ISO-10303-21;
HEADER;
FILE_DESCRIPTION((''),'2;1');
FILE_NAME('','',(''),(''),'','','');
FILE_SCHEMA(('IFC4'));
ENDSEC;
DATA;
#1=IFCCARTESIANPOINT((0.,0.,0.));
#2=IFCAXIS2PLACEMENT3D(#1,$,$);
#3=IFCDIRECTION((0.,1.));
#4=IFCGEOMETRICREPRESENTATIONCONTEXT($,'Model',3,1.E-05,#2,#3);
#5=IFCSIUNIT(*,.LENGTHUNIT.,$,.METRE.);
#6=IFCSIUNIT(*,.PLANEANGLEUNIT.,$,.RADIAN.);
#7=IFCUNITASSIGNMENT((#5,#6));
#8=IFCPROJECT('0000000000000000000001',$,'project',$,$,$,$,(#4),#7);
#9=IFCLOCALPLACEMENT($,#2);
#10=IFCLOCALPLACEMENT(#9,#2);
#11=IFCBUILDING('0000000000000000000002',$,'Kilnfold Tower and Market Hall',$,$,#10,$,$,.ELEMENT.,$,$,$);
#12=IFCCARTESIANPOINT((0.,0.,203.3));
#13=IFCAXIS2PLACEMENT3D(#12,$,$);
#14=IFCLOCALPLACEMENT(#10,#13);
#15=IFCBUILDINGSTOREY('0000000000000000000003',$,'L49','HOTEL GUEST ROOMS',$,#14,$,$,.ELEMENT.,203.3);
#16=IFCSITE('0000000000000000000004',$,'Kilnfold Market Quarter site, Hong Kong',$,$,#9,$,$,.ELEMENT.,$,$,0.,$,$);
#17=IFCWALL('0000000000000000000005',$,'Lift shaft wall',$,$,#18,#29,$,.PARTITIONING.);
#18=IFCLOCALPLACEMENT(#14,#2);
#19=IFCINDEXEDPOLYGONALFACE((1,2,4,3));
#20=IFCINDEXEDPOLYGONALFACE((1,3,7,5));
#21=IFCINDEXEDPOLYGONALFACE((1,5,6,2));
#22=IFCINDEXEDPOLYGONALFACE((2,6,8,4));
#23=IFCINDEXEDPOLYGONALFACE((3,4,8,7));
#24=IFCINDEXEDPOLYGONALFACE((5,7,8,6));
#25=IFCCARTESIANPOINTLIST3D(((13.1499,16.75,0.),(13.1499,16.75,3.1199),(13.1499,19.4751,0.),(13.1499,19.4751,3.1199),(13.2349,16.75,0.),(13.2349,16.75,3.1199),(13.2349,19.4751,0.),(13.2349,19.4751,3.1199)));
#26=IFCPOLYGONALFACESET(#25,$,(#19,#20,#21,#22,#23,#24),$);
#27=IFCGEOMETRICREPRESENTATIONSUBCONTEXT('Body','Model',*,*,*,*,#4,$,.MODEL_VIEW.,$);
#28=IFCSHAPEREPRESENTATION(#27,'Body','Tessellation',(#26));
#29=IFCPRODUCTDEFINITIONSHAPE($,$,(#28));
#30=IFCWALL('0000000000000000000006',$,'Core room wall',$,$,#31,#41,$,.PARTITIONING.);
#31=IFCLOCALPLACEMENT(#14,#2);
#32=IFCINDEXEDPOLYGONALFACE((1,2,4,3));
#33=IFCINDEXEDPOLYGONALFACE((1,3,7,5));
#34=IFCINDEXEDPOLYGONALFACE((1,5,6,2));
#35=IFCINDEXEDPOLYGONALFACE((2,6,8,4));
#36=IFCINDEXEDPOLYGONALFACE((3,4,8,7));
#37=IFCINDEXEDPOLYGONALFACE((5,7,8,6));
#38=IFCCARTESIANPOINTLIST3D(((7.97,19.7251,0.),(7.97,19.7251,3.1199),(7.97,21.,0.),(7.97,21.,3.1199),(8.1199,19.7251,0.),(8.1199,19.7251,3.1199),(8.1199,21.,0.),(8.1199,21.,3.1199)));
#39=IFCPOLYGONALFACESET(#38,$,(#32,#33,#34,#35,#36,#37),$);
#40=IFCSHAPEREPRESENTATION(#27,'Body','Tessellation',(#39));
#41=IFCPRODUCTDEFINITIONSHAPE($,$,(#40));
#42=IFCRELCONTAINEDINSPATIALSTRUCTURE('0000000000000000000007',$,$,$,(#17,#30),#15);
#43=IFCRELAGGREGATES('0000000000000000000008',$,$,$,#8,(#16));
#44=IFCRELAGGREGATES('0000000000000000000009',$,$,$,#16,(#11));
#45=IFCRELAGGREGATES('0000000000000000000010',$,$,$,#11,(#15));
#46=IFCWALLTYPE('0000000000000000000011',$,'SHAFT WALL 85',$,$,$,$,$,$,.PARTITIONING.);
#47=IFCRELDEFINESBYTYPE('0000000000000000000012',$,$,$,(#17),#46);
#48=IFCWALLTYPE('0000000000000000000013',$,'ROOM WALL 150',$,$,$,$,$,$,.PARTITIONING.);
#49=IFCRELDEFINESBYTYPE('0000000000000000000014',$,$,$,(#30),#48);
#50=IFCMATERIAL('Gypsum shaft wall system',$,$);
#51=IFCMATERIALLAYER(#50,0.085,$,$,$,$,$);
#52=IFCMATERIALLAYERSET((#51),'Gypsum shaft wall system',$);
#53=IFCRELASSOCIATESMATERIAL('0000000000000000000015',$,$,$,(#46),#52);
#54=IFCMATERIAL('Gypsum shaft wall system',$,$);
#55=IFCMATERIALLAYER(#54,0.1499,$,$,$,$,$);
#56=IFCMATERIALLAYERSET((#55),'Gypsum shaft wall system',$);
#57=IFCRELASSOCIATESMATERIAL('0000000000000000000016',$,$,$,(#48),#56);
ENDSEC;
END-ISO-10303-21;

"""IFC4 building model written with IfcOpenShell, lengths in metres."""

from ifc_helpers import new_model, si_unit, direction, frame, frame_2d, origin, place, context, subcontext, project, spatial, rectangle, extrude, source, transform, mapped, material, layer, layer_set, type_object, element, save


model = new_model("IFC4")

# Units and contexts
model_context = context("Model", 3, precision=1e-05, world=origin(), true_north=direction((0.0, 1.0)))
body_context = subcontext(model_context, "Body", "Model", "MODEL_VIEW")
ifc_project = project(units=[si_unit("LENGTHUNIT", "METRE"), si_unit("PLANEANGLEUNIT", "RADIAN")], contexts=[model_context])

# Site, building, storey
site_placement = place(None, origin())
site = spatial("IfcSite", under=ifc_project, at=site_placement, Name="Kilnfold Market Quarter site, Hong Kong", CompositionType="ELEMENT", RefElevation=0.0)
building_placement = place(site_placement, origin())
building = spatial("IfcBuilding", under=site, at=building_placement, Name="Kilnfold Tower and Market Hall", CompositionType="ELEMENT")
storey_placement = place(building_placement, frame((0.0, 0.0, 203.3)))
storey = spatial("IfcBuildingStorey", under=building, at=storey_placement, Name="L49", Description="HOTEL GUEST ROOMS", CompositionType="ELEMENT", Elevation=203.3)

# Walls
ifc_material_1 = material(Name="Gypsum shaft wall system")
ifc_layer_1 = layer(ifc_material_1, 0.085)
ifc_layer_set_1 = layer_set([ifc_layer_1], Name="Gypsum shaft wall system")
wall_type_1 = type_object("IfcWallType", Name="SHAFT WALL 85", PredefinedType="PARTITIONING", material=ifc_layer_set_1)
shared_shape_1 = source(origin(), body_context, "Body", "SweptSolid", [
    extrude(rectangle(XDim=2.7251, YDim=0.085, at=frame_2d((1.3625, 0.0))), origin(), (0.0, 0.0, 1.0), 3.1199),
])
wall_1_placement = place(storey_placement, frame((13.1924, 16.75, 0.0), z_axis=(0.0, 0.0, 1.0), x_axis=(0.0, 1.0, 0.0)))
element("IfcWall", 1, at=wall_1_placement, inside=storey, type_object=wall_type_1, Name="Lift shaft wall", PredefinedType="PARTITIONING", context=body_context, shape_type="MappedRepresentation", body=[
    mapped(shared_shape_1, transform((0.0, 0.0, 0.0))),
])
ifc_material_2 = material(Name="Gypsum shaft wall system")
ifc_layer_2 = layer(ifc_material_2, 0.1499)
ifc_layer_set_2 = layer_set([ifc_layer_2], Name="Gypsum shaft wall system")
wall_type_2 = type_object("IfcWallType", Name="ROOM WALL 150", PredefinedType="PARTITIONING", material=ifc_layer_set_2)
shared_shape_2 = source(origin(), body_context, "Body", "SweptSolid", [
    extrude(rectangle(XDim=1.2749, YDim=0.1499, at=frame_2d((0.6375, 0.0))), origin(), (0.0, 0.0, 1.0), 3.1199),
])
wall_2_placement = place(storey_placement, frame((8.0449, 19.7251, 0.0), z_axis=(0.0, 0.0, 1.0), x_axis=(0.0, 1.0, 0.0)))
element("IfcWall", 2, at=wall_2_placement, inside=storey, type_object=wall_type_2, Name="Core room wall", PredefinedType="PARTITIONING", context=body_context, shape_type="MappedRepresentation", body=[
    mapped(shared_shape_2, transform((0.0, 0.0, 0.0))),
])

save(model, "model.ifc")
